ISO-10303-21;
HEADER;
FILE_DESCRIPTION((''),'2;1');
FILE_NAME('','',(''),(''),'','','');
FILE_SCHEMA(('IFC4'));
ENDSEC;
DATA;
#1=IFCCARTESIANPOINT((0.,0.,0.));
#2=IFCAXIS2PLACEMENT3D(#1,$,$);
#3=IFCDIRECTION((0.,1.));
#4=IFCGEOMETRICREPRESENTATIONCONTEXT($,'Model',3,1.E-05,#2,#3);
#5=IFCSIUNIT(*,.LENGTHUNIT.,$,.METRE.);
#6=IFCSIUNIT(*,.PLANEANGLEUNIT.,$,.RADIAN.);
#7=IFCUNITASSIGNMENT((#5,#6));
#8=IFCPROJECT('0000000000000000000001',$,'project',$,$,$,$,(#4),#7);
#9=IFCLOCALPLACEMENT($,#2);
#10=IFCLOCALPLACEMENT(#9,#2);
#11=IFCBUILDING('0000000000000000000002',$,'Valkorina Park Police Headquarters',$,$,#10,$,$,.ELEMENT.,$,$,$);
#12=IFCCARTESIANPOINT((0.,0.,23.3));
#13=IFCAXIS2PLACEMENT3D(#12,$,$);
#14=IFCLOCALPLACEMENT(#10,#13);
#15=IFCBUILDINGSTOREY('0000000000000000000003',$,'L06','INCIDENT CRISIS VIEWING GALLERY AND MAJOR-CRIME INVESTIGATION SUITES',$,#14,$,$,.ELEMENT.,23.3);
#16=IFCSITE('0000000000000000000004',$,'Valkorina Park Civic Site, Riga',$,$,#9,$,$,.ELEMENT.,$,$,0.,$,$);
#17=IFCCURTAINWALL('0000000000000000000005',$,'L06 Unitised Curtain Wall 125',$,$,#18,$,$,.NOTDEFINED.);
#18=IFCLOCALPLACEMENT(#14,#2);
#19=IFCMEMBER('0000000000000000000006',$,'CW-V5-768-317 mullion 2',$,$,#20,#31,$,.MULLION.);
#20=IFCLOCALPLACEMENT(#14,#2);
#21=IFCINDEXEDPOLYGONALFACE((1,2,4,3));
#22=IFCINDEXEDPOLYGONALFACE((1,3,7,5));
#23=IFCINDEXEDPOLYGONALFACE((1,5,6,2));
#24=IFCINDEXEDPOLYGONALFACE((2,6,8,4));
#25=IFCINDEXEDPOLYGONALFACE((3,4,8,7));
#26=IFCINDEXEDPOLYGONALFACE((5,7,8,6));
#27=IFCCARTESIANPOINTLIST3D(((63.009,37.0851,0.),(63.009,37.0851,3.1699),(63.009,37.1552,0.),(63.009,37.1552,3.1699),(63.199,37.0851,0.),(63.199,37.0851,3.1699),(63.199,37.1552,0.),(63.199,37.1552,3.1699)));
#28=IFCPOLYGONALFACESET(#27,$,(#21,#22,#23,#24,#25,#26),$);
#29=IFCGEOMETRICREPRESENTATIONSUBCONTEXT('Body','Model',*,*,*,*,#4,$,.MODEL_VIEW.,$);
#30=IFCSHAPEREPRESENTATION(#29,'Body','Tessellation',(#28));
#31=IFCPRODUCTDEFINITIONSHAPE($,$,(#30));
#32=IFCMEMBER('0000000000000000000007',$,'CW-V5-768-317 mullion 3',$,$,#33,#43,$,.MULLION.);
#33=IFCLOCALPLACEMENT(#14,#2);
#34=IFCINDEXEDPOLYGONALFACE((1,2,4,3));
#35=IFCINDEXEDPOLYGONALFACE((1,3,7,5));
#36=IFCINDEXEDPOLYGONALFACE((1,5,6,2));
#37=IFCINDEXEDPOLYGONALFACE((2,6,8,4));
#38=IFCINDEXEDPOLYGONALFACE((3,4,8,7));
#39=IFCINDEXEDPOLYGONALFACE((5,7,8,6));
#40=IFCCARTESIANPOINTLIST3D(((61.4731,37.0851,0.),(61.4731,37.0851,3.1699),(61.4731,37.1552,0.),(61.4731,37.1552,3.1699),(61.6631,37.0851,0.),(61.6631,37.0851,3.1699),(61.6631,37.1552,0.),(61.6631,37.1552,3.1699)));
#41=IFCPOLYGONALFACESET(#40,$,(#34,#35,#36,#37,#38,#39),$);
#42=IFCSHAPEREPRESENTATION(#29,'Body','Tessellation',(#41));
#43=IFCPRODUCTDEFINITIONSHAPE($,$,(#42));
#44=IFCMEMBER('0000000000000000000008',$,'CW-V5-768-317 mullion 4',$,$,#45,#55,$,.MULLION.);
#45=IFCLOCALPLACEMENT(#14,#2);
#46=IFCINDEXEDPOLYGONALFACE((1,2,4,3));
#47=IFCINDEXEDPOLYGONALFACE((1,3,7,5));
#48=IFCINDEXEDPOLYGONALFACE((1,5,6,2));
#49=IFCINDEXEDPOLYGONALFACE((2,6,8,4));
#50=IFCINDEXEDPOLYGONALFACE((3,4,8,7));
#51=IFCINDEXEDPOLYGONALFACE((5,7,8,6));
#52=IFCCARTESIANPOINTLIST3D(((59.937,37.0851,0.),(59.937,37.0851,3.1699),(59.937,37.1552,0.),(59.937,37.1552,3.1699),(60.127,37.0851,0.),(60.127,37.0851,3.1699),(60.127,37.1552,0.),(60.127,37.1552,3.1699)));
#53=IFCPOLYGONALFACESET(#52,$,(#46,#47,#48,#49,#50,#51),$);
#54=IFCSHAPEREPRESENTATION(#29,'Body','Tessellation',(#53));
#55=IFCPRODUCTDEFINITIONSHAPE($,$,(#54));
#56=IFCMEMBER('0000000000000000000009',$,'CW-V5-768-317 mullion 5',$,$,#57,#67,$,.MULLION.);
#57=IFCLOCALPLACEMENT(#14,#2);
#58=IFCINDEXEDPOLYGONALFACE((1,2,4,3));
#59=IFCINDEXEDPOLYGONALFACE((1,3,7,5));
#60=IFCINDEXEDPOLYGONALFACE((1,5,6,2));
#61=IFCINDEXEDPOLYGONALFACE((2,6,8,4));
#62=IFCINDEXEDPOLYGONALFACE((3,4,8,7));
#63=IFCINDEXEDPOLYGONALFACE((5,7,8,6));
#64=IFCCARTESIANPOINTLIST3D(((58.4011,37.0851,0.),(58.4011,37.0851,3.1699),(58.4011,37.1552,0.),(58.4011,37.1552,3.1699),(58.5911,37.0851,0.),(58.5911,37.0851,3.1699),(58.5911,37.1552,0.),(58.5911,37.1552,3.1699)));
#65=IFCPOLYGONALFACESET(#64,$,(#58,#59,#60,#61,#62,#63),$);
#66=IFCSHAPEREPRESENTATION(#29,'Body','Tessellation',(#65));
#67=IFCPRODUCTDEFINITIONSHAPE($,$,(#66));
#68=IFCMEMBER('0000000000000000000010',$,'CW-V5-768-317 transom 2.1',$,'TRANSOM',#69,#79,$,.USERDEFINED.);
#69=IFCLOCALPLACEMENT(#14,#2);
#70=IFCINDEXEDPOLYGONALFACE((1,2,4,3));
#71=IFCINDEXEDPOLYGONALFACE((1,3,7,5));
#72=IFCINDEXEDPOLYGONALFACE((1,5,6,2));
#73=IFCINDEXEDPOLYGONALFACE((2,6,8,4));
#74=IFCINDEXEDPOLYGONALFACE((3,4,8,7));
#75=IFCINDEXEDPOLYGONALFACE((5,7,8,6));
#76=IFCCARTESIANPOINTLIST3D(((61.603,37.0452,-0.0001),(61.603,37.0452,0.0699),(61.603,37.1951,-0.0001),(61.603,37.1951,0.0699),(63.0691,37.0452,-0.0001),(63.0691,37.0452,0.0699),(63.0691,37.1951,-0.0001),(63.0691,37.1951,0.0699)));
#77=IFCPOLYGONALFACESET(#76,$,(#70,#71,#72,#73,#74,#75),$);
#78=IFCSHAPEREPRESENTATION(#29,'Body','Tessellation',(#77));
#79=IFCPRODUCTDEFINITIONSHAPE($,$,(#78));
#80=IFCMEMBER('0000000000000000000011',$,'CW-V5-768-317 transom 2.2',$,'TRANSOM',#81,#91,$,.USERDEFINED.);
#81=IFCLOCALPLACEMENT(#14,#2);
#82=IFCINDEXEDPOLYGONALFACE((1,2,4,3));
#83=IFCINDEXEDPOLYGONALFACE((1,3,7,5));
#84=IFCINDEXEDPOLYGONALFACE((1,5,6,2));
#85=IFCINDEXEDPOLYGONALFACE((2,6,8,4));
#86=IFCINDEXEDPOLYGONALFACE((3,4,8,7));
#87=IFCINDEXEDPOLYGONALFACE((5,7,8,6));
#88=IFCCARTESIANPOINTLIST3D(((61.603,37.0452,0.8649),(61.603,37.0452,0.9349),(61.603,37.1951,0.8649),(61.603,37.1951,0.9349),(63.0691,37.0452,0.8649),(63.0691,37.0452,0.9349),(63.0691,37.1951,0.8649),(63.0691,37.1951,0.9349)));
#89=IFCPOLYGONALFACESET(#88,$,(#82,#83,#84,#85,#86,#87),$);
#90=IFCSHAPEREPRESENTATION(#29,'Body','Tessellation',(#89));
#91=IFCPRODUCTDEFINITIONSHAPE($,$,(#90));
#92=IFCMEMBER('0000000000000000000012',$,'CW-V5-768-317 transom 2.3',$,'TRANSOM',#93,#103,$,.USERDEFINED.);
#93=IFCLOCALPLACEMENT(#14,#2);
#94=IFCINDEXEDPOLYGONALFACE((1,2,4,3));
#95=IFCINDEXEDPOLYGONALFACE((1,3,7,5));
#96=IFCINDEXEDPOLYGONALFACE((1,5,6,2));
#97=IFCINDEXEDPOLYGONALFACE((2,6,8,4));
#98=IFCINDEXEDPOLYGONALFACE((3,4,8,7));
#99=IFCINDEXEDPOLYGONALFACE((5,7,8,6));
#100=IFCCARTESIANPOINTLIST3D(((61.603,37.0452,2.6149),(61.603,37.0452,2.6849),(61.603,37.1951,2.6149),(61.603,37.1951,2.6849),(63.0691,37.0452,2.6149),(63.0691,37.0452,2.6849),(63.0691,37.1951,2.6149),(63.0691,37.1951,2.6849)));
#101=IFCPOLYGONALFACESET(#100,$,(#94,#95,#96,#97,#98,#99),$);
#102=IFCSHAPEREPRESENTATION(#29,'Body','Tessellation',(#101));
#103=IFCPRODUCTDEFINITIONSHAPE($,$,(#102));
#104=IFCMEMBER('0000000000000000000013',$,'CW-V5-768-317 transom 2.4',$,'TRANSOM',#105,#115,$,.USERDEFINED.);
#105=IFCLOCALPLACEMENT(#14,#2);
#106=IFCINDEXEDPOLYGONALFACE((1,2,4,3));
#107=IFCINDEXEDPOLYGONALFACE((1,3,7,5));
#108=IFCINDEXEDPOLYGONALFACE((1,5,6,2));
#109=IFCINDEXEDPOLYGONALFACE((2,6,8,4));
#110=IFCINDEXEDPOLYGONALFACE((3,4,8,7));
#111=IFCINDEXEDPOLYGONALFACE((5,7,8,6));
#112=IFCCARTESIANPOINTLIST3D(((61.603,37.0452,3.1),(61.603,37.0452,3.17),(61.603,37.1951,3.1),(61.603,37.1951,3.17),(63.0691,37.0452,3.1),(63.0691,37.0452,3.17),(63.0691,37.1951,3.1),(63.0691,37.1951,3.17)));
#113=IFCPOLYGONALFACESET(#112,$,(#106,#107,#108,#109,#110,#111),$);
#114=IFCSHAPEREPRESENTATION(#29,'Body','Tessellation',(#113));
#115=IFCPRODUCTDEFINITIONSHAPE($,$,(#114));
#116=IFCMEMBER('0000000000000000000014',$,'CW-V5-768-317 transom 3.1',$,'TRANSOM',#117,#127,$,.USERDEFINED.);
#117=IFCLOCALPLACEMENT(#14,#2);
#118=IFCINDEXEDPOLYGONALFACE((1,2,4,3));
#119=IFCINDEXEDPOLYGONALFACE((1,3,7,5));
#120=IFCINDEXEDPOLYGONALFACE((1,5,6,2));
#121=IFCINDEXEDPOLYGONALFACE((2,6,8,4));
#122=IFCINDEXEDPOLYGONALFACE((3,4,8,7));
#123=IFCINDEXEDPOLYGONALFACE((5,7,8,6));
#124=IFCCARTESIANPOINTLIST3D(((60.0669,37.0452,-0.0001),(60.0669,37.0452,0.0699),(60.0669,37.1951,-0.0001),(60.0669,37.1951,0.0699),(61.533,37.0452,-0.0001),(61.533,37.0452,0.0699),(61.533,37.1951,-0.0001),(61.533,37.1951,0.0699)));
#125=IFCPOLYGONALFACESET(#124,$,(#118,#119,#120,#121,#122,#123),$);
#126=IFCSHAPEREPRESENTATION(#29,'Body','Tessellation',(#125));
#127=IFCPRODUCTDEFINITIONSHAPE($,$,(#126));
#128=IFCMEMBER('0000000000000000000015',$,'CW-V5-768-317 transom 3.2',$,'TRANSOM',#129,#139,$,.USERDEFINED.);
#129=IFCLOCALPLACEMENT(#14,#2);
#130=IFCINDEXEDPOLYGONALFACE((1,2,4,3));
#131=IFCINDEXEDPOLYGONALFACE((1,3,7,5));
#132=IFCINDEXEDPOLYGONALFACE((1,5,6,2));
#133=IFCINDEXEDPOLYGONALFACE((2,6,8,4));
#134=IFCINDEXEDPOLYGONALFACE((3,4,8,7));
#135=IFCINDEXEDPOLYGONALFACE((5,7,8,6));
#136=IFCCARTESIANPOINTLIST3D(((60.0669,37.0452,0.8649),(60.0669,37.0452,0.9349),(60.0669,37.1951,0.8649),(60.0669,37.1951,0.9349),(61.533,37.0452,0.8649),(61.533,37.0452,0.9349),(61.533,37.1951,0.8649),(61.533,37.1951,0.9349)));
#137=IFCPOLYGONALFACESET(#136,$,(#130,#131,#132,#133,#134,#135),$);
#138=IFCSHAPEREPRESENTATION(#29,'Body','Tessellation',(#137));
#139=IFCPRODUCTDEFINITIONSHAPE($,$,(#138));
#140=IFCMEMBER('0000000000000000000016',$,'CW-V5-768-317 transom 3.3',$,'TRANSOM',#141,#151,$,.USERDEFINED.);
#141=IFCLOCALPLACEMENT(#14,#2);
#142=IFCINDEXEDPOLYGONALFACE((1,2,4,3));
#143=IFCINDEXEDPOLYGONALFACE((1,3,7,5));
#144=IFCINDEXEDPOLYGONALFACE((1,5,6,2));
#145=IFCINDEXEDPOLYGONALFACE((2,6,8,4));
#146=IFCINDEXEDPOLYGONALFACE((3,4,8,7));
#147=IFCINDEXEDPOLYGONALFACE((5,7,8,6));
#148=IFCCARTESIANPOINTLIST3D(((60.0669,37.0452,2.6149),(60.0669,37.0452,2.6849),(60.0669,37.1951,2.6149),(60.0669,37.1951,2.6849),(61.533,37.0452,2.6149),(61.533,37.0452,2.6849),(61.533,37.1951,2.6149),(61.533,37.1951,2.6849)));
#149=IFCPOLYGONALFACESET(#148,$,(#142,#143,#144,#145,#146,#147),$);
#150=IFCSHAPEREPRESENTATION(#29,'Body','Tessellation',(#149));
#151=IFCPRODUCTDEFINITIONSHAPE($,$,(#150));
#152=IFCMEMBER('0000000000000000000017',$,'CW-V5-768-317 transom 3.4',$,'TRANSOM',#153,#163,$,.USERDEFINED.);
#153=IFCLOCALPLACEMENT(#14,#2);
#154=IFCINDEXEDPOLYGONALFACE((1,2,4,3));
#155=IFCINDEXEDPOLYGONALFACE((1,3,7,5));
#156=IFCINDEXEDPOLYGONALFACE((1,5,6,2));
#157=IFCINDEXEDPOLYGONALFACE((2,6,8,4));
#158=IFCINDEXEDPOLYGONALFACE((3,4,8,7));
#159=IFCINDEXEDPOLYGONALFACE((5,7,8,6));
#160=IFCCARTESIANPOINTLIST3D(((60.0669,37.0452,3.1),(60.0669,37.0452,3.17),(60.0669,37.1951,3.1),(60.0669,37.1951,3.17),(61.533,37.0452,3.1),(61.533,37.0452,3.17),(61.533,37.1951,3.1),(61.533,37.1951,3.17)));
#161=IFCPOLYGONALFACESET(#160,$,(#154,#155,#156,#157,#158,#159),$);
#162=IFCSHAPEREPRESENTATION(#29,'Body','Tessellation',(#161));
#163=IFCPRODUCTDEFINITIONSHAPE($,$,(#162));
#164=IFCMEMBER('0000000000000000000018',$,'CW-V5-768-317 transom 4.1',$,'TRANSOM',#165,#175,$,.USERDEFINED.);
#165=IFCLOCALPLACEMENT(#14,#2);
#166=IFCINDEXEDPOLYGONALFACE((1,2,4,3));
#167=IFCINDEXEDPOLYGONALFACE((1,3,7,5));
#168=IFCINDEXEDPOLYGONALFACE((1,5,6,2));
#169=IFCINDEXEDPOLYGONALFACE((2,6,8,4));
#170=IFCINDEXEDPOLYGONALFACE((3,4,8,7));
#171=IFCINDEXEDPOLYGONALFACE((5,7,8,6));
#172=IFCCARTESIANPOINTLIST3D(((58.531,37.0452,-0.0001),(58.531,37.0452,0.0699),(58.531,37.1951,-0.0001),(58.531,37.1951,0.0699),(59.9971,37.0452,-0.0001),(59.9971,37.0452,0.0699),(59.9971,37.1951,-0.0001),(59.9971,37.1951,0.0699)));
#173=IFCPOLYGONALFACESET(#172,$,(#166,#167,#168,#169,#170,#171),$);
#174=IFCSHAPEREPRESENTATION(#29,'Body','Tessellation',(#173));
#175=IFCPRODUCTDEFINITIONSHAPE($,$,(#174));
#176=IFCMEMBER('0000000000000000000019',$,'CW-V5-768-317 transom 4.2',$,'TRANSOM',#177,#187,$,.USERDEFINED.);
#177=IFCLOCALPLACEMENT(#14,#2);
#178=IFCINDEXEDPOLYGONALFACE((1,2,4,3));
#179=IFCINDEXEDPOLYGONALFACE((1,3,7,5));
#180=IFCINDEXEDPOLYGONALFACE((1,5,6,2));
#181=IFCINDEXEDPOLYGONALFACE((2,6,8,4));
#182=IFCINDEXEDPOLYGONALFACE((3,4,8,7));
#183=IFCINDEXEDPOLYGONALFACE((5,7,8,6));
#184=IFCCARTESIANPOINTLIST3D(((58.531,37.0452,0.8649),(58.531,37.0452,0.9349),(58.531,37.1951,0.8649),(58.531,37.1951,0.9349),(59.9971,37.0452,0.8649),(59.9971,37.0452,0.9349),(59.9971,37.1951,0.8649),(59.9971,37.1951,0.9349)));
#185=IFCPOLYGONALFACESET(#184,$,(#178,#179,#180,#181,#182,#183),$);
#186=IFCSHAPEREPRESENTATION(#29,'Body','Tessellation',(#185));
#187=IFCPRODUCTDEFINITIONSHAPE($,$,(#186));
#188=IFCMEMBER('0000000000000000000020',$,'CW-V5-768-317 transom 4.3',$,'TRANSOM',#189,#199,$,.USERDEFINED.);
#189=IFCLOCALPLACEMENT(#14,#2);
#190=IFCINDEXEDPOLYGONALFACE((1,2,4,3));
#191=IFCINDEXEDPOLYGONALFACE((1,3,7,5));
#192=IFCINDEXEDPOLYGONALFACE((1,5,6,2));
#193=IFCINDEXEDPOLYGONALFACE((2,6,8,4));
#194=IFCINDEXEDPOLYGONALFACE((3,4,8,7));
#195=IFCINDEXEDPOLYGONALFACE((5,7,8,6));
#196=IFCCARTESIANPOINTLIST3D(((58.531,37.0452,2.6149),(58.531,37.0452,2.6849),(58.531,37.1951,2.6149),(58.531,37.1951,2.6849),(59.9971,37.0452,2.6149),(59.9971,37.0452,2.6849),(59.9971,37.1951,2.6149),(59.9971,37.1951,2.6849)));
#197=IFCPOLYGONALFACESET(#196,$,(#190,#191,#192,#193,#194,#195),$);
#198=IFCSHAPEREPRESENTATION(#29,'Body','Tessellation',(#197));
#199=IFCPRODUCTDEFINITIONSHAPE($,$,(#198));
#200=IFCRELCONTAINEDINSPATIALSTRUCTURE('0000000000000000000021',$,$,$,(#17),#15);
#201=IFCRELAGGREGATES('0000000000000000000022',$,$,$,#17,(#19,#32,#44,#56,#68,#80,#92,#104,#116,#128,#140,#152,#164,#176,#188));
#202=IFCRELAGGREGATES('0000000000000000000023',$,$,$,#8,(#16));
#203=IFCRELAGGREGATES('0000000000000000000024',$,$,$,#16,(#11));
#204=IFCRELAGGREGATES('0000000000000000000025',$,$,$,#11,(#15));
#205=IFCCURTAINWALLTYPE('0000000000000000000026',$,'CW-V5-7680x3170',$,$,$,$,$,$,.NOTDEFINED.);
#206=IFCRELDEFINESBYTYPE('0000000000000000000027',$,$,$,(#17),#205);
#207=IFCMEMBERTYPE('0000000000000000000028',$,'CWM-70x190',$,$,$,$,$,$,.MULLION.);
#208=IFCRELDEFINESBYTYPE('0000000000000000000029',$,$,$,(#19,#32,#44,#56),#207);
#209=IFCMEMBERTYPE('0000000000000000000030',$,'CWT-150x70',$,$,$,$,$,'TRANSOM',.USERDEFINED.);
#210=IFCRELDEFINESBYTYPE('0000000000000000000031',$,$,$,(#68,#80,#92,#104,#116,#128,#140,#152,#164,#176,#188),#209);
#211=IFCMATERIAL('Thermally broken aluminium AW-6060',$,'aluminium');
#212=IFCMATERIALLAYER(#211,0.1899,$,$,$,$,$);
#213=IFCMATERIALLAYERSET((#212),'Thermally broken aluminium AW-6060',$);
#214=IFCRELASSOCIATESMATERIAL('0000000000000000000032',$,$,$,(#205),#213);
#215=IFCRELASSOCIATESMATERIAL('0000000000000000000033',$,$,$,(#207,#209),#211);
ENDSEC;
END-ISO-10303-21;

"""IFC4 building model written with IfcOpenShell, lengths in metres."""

from ifc_helpers import new_model, si_unit, direction, frame, origin, origin_2d, place, context, subcontext, project, spatial, rectangle, extrude, material, layer, layer_set, material_profile, profile_set, type_object, element, aggregate, save


model = new_model("IFC4")

# Units and contexts
model_context = context("Model", 3, precision=1e-05, world=origin(), true_north=direction((0.0, 1.0)))
body_context = subcontext(model_context, "Body", "Model", "MODEL_VIEW")
ifc_project = project(units=[si_unit("LENGTHUNIT", "METRE"), si_unit("PLANEANGLEUNIT", "RADIAN")], contexts=[model_context])

# Site, building, storey
site_placement = place(None, origin())
site = spatial("IfcSite", under=ifc_project, at=site_placement, Name="Valkorina Park Civic Site, Riga", CompositionType="ELEMENT", RefElevation=0.0)
building_placement = place(site_placement, origin())
building = spatial("IfcBuilding", under=site, at=building_placement, Name="Valkorina Park Police Headquarters", CompositionType="ELEMENT")
storey_placement = place(building_placement, frame((0.0, 0.0, 23.3)))
storey = spatial("IfcBuildingStorey", under=building, at=storey_placement, Name="L06", Description="INCIDENT CRISIS VIEWING GALLERY AND MAJOR-CRIME INVESTIGATION SUITES", CompositionType="ELEMENT", Elevation=23.3)

# Curtain wall, members
ifc_material_1 = material(Name="Thermally broken aluminium AW-6060", Category="aluminium")
ifc_layer_1 = layer(ifc_material_1, 0.1899)
ifc_layer_set_1 = layer_set([ifc_layer_1], Name="Thermally broken aluminium AW-6060")
curtain_wall_type = type_object("IfcCurtainWallType", Name="CW-V5-7680x3170", PredefinedType="NOTDEFINED", material=ifc_layer_set_1)
curtain_wall_placement = place(storey_placement, origin())
curtain_wall = element("IfcCurtainWall", 1, at=curtain_wall_placement, inside=storey, type_object=curtain_wall_type, Name="L06 Unitised Curtain Wall 125", PredefinedType="NOTDEFINED")
ifc_material_profile_1 = material_profile(ifc_material_1, rectangle(XDim=0.0701, YDim=0.1899, at=origin_2d()), Name="CWM-02 70x190")
ifc_profile_set_1 = profile_set([ifc_material_profile_1], Name="Thermally broken aluminium AW-6060")
member_type_1 = type_object("IfcMemberType", Name="CWM-70x190", PredefinedType="MULLION", material=ifc_profile_set_1)
member_1_placement = place(storey_placement, frame((63.104, 37.1201, 0.0), z_axis=(0.0, 0.0, 1.0), x_axis=(0.0, -1.0, 0.0)))
member_1 = element("IfcMember", 2, at=member_1_placement, type_object=member_type_1, Name="CW-V5-768-317 mullion 2", PredefinedType="MULLION", context=body_context, shape_type="SweptSolid", body=[
    extrude(rectangle(XDim=0.0701, YDim=0.1899, at=origin_2d()), origin(), (0.0, 0.0, 1.0), 3.1699),
])
member_2_placement = place(storey_placement, frame((61.5681, 37.1201, 0.0), z_axis=(0.0, 0.0, 1.0), x_axis=(0.0, -1.0, 0.0)))
member_2 = element("IfcMember", 3, at=member_2_placement, type_object=member_type_1, Name="CW-V5-768-317 mullion 3", PredefinedType="MULLION", context=body_context, shape_type="SweptSolid", body=[
    extrude(rectangle(XDim=0.0701, YDim=0.1899, at=origin_2d()), origin(), (0.0, 0.0, 1.0), 3.1699),
])
member_3_placement = place(storey_placement, frame((60.032, 37.1201, 0.0), z_axis=(0.0, 0.0, 1.0), x_axis=(0.0, -1.0, 0.0)))
member_3 = element("IfcMember", 4, at=member_3_placement, type_object=member_type_1, Name="CW-V5-768-317 mullion 4", PredefinedType="MULLION", context=body_context, shape_type="SweptSolid", body=[
    extrude(rectangle(XDim=0.0701, YDim=0.1899, at=origin_2d()), origin(), (0.0, 0.0, 1.0), 3.1699),
])
member_4_placement = place(storey_placement, frame((58.4961, 37.1201, 0.0), z_axis=(0.0, 0.0, 1.0), x_axis=(0.0, -1.0, 0.0)))
member_4 = element("IfcMember", 5, at=member_4_placement, type_object=member_type_1, Name="CW-V5-768-317 mullion 5", PredefinedType="MULLION", context=body_context, shape_type="SweptSolid", body=[
    extrude(rectangle(XDim=0.0701, YDim=0.1899, at=origin_2d()), origin(), (0.0, 0.0, 1.0), 3.1699),
])
ifc_material_profile_2 = material_profile(ifc_material_1, rectangle(XDim=0.1499, YDim=0.0701, at=origin_2d()), Name="CWT-02 150x70")
ifc_profile_set_2 = profile_set([ifc_material_profile_2], Name="Thermally broken aluminium AW-6060")
member_type_2 = type_object("IfcMemberType", Name="CWT-150x70", ElementType="TRANSOM", PredefinedType="USERDEFINED", material=ifc_profile_set_2)
member_5_placement = place(storey_placement, frame((63.0691, 37.1201, 0.0349), z_axis=(-1.0, 0.0, 0.0), x_axis=(0.0, -1.0, 0.0)))
member_5 = element("IfcMember", 6, at=member_5_placement, type_object=member_type_2, Name="CW-V5-768-317 transom 2.1", ObjectType="TRANSOM", PredefinedType="USERDEFINED", context=body_context, shape_type="SweptSolid", body=[
    extrude(rectangle(XDim=0.1499, YDim=0.0701, at=origin_2d()), origin(), (0.0, 0.0, 1.0), 1.4661),
])
member_6_placement = place(storey_placement, frame((63.0691, 37.1201, 0.8999), z_axis=(-1.0, 0.0, 0.0), x_axis=(0.0, -1.0, 0.0)))
member_6 = element("IfcMember", 7, at=member_6_placement, type_object=member_type_2, Name="CW-V5-768-317 transom 2.2", ObjectType="TRANSOM", PredefinedType="USERDEFINED", context=body_context, shape_type="SweptSolid", body=[
    extrude(rectangle(XDim=0.1499, YDim=0.0701, at=origin_2d()), origin(), (0.0, 0.0, 1.0), 1.4661),
])
member_7_placement = place(storey_placement, frame((63.0691, 37.1201, 2.6499), z_axis=(-1.0, 0.0, 0.0), x_axis=(0.0, -1.0, 0.0)))
member_7 = element("IfcMember", 8, at=member_7_placement, type_object=member_type_2, Name="CW-V5-768-317 transom 2.3", ObjectType="TRANSOM", PredefinedType="USERDEFINED", context=body_context, shape_type="SweptSolid", body=[
    extrude(rectangle(XDim=0.1499, YDim=0.0701, at=origin_2d()), origin(), (0.0, 0.0, 1.0), 1.4661),
])
member_8_placement = place(storey_placement, frame((63.0691, 37.1201, 3.135), z_axis=(-1.0, 0.0, 0.0), x_axis=(0.0, -1.0, 0.0)))
member_8 = element("IfcMember", 9, at=member_8_placement, type_object=member_type_2, Name="CW-V5-768-317 transom 2.4", ObjectType="TRANSOM", PredefinedType="USERDEFINED", context=body_context, shape_type="SweptSolid", body=[
    extrude(rectangle(XDim=0.1499, YDim=0.0701, at=origin_2d()), origin(), (0.0, 0.0, 1.0), 1.4661),
])
member_9_placement = place(storey_placement, frame((61.533, 37.1201, 0.0349), z_axis=(-1.0, 0.0, 0.0), x_axis=(0.0, -1.0, 0.0)))
member_9 = element("IfcMember", 10, at=member_9_placement, type_object=member_type_2, Name="CW-V5-768-317 transom 3.1", ObjectType="TRANSOM", PredefinedType="USERDEFINED", context=body_context, shape_type="SweptSolid", body=[
    extrude(rectangle(XDim=0.1499, YDim=0.0701, at=origin_2d()), origin(), (0.0, 0.0, 1.0), 1.4661),
])
member_10_placement = place(storey_placement, frame((61.533, 37.1201, 0.8999), z_axis=(-1.0, 0.0, 0.0), x_axis=(0.0, -1.0, 0.0)))
member_10 = element("IfcMember", 11, at=member_10_placement, type_object=member_type_2, Name="CW-V5-768-317 transom 3.2", ObjectType="TRANSOM", PredefinedType="USERDEFINED", context=body_context, shape_type="SweptSolid", body=[
    extrude(rectangle(XDim=0.1499, YDim=0.0701, at=origin_2d()), origin(), (0.0, 0.0, 1.0), 1.4661),
])
member_11_placement = place(storey_placement, frame((61.533, 37.1201, 2.6499), z_axis=(-1.0, 0.0, 0.0), x_axis=(0.0, -1.0, 0.0)))
member_11 = element("IfcMember", 12, at=member_11_placement, type_object=member_type_2, Name="CW-V5-768-317 transom 3.3", ObjectType="TRANSOM", PredefinedType="USERDEFINED", context=body_context, shape_type="SweptSolid", body=[
    extrude(rectangle(XDim=0.1499, YDim=0.0701, at=origin_2d()), origin(), (0.0, 0.0, 1.0), 1.4661),
])
member_12_placement = place(storey_placement, frame((61.533, 37.1201, 3.135), z_axis=(-1.0, 0.0, 0.0), x_axis=(0.0, -1.0, 0.0)))
member_12 = element("IfcMember", 13, at=member_12_placement, type_object=member_type_2, Name="CW-V5-768-317 transom 3.4", ObjectType="TRANSOM", PredefinedType="USERDEFINED", context=body_context, shape_type="SweptSolid", body=[
    extrude(rectangle(XDim=0.1499, YDim=0.0701, at=origin_2d()), origin(), (0.0, 0.0, 1.0), 1.4661),
])
member_13_placement = place(storey_placement, frame((59.9971, 37.1201, 0.0349), z_axis=(-1.0, 0.0, 0.0), x_axis=(0.0, -1.0, 0.0)))
member_13 = element("IfcMember", 14, at=member_13_placement, type_object=member_type_2, Name="CW-V5-768-317 transom 4.1", ObjectType="TRANSOM", PredefinedType="USERDEFINED", context=body_context, shape_type="SweptSolid", body=[
    extrude(rectangle(XDim=0.1499, YDim=0.0701, at=origin_2d()), origin(), (0.0, 0.0, 1.0), 1.4661),
])
member_14_placement = place(storey_placement, frame((59.9971, 37.1201, 0.8999), z_axis=(-1.0, 0.0, 0.0), x_axis=(0.0, -1.0, 0.0)))
member_14 = element("IfcMember", 15, at=member_14_placement, type_object=member_type_2, Name="CW-V5-768-317 transom 4.2", ObjectType="TRANSOM", PredefinedType="USERDEFINED", context=body_context, shape_type="SweptSolid", body=[
    extrude(rectangle(XDim=0.1499, YDim=0.0701, at=origin_2d()), origin(), (0.0, 0.0, 1.0), 1.4661),
])
member_15_placement = place(storey_placement, frame((59.9971, 37.1201, 2.6499), z_axis=(-1.0, 0.0, 0.0), x_axis=(0.0, -1.0, 0.0)))
member_15 = element("IfcMember", 16, at=member_15_placement, type_object=member_type_2, Name="CW-V5-768-317 transom 4.3", ObjectType="TRANSOM", PredefinedType="USERDEFINED", context=body_context, shape_type="SweptSolid", body=[
    extrude(rectangle(XDim=0.1499, YDim=0.0701, at=origin_2d()), origin(), (0.0, 0.0, 1.0), 1.4661),
])
aggregate(curtain_wall, [member_1, member_2, member_3, member_4, member_5, member_6, member_7, member_8, member_9, member_10, member_11, member_12, member_13, member_14, member_15])

save(model, "model.ifc")
